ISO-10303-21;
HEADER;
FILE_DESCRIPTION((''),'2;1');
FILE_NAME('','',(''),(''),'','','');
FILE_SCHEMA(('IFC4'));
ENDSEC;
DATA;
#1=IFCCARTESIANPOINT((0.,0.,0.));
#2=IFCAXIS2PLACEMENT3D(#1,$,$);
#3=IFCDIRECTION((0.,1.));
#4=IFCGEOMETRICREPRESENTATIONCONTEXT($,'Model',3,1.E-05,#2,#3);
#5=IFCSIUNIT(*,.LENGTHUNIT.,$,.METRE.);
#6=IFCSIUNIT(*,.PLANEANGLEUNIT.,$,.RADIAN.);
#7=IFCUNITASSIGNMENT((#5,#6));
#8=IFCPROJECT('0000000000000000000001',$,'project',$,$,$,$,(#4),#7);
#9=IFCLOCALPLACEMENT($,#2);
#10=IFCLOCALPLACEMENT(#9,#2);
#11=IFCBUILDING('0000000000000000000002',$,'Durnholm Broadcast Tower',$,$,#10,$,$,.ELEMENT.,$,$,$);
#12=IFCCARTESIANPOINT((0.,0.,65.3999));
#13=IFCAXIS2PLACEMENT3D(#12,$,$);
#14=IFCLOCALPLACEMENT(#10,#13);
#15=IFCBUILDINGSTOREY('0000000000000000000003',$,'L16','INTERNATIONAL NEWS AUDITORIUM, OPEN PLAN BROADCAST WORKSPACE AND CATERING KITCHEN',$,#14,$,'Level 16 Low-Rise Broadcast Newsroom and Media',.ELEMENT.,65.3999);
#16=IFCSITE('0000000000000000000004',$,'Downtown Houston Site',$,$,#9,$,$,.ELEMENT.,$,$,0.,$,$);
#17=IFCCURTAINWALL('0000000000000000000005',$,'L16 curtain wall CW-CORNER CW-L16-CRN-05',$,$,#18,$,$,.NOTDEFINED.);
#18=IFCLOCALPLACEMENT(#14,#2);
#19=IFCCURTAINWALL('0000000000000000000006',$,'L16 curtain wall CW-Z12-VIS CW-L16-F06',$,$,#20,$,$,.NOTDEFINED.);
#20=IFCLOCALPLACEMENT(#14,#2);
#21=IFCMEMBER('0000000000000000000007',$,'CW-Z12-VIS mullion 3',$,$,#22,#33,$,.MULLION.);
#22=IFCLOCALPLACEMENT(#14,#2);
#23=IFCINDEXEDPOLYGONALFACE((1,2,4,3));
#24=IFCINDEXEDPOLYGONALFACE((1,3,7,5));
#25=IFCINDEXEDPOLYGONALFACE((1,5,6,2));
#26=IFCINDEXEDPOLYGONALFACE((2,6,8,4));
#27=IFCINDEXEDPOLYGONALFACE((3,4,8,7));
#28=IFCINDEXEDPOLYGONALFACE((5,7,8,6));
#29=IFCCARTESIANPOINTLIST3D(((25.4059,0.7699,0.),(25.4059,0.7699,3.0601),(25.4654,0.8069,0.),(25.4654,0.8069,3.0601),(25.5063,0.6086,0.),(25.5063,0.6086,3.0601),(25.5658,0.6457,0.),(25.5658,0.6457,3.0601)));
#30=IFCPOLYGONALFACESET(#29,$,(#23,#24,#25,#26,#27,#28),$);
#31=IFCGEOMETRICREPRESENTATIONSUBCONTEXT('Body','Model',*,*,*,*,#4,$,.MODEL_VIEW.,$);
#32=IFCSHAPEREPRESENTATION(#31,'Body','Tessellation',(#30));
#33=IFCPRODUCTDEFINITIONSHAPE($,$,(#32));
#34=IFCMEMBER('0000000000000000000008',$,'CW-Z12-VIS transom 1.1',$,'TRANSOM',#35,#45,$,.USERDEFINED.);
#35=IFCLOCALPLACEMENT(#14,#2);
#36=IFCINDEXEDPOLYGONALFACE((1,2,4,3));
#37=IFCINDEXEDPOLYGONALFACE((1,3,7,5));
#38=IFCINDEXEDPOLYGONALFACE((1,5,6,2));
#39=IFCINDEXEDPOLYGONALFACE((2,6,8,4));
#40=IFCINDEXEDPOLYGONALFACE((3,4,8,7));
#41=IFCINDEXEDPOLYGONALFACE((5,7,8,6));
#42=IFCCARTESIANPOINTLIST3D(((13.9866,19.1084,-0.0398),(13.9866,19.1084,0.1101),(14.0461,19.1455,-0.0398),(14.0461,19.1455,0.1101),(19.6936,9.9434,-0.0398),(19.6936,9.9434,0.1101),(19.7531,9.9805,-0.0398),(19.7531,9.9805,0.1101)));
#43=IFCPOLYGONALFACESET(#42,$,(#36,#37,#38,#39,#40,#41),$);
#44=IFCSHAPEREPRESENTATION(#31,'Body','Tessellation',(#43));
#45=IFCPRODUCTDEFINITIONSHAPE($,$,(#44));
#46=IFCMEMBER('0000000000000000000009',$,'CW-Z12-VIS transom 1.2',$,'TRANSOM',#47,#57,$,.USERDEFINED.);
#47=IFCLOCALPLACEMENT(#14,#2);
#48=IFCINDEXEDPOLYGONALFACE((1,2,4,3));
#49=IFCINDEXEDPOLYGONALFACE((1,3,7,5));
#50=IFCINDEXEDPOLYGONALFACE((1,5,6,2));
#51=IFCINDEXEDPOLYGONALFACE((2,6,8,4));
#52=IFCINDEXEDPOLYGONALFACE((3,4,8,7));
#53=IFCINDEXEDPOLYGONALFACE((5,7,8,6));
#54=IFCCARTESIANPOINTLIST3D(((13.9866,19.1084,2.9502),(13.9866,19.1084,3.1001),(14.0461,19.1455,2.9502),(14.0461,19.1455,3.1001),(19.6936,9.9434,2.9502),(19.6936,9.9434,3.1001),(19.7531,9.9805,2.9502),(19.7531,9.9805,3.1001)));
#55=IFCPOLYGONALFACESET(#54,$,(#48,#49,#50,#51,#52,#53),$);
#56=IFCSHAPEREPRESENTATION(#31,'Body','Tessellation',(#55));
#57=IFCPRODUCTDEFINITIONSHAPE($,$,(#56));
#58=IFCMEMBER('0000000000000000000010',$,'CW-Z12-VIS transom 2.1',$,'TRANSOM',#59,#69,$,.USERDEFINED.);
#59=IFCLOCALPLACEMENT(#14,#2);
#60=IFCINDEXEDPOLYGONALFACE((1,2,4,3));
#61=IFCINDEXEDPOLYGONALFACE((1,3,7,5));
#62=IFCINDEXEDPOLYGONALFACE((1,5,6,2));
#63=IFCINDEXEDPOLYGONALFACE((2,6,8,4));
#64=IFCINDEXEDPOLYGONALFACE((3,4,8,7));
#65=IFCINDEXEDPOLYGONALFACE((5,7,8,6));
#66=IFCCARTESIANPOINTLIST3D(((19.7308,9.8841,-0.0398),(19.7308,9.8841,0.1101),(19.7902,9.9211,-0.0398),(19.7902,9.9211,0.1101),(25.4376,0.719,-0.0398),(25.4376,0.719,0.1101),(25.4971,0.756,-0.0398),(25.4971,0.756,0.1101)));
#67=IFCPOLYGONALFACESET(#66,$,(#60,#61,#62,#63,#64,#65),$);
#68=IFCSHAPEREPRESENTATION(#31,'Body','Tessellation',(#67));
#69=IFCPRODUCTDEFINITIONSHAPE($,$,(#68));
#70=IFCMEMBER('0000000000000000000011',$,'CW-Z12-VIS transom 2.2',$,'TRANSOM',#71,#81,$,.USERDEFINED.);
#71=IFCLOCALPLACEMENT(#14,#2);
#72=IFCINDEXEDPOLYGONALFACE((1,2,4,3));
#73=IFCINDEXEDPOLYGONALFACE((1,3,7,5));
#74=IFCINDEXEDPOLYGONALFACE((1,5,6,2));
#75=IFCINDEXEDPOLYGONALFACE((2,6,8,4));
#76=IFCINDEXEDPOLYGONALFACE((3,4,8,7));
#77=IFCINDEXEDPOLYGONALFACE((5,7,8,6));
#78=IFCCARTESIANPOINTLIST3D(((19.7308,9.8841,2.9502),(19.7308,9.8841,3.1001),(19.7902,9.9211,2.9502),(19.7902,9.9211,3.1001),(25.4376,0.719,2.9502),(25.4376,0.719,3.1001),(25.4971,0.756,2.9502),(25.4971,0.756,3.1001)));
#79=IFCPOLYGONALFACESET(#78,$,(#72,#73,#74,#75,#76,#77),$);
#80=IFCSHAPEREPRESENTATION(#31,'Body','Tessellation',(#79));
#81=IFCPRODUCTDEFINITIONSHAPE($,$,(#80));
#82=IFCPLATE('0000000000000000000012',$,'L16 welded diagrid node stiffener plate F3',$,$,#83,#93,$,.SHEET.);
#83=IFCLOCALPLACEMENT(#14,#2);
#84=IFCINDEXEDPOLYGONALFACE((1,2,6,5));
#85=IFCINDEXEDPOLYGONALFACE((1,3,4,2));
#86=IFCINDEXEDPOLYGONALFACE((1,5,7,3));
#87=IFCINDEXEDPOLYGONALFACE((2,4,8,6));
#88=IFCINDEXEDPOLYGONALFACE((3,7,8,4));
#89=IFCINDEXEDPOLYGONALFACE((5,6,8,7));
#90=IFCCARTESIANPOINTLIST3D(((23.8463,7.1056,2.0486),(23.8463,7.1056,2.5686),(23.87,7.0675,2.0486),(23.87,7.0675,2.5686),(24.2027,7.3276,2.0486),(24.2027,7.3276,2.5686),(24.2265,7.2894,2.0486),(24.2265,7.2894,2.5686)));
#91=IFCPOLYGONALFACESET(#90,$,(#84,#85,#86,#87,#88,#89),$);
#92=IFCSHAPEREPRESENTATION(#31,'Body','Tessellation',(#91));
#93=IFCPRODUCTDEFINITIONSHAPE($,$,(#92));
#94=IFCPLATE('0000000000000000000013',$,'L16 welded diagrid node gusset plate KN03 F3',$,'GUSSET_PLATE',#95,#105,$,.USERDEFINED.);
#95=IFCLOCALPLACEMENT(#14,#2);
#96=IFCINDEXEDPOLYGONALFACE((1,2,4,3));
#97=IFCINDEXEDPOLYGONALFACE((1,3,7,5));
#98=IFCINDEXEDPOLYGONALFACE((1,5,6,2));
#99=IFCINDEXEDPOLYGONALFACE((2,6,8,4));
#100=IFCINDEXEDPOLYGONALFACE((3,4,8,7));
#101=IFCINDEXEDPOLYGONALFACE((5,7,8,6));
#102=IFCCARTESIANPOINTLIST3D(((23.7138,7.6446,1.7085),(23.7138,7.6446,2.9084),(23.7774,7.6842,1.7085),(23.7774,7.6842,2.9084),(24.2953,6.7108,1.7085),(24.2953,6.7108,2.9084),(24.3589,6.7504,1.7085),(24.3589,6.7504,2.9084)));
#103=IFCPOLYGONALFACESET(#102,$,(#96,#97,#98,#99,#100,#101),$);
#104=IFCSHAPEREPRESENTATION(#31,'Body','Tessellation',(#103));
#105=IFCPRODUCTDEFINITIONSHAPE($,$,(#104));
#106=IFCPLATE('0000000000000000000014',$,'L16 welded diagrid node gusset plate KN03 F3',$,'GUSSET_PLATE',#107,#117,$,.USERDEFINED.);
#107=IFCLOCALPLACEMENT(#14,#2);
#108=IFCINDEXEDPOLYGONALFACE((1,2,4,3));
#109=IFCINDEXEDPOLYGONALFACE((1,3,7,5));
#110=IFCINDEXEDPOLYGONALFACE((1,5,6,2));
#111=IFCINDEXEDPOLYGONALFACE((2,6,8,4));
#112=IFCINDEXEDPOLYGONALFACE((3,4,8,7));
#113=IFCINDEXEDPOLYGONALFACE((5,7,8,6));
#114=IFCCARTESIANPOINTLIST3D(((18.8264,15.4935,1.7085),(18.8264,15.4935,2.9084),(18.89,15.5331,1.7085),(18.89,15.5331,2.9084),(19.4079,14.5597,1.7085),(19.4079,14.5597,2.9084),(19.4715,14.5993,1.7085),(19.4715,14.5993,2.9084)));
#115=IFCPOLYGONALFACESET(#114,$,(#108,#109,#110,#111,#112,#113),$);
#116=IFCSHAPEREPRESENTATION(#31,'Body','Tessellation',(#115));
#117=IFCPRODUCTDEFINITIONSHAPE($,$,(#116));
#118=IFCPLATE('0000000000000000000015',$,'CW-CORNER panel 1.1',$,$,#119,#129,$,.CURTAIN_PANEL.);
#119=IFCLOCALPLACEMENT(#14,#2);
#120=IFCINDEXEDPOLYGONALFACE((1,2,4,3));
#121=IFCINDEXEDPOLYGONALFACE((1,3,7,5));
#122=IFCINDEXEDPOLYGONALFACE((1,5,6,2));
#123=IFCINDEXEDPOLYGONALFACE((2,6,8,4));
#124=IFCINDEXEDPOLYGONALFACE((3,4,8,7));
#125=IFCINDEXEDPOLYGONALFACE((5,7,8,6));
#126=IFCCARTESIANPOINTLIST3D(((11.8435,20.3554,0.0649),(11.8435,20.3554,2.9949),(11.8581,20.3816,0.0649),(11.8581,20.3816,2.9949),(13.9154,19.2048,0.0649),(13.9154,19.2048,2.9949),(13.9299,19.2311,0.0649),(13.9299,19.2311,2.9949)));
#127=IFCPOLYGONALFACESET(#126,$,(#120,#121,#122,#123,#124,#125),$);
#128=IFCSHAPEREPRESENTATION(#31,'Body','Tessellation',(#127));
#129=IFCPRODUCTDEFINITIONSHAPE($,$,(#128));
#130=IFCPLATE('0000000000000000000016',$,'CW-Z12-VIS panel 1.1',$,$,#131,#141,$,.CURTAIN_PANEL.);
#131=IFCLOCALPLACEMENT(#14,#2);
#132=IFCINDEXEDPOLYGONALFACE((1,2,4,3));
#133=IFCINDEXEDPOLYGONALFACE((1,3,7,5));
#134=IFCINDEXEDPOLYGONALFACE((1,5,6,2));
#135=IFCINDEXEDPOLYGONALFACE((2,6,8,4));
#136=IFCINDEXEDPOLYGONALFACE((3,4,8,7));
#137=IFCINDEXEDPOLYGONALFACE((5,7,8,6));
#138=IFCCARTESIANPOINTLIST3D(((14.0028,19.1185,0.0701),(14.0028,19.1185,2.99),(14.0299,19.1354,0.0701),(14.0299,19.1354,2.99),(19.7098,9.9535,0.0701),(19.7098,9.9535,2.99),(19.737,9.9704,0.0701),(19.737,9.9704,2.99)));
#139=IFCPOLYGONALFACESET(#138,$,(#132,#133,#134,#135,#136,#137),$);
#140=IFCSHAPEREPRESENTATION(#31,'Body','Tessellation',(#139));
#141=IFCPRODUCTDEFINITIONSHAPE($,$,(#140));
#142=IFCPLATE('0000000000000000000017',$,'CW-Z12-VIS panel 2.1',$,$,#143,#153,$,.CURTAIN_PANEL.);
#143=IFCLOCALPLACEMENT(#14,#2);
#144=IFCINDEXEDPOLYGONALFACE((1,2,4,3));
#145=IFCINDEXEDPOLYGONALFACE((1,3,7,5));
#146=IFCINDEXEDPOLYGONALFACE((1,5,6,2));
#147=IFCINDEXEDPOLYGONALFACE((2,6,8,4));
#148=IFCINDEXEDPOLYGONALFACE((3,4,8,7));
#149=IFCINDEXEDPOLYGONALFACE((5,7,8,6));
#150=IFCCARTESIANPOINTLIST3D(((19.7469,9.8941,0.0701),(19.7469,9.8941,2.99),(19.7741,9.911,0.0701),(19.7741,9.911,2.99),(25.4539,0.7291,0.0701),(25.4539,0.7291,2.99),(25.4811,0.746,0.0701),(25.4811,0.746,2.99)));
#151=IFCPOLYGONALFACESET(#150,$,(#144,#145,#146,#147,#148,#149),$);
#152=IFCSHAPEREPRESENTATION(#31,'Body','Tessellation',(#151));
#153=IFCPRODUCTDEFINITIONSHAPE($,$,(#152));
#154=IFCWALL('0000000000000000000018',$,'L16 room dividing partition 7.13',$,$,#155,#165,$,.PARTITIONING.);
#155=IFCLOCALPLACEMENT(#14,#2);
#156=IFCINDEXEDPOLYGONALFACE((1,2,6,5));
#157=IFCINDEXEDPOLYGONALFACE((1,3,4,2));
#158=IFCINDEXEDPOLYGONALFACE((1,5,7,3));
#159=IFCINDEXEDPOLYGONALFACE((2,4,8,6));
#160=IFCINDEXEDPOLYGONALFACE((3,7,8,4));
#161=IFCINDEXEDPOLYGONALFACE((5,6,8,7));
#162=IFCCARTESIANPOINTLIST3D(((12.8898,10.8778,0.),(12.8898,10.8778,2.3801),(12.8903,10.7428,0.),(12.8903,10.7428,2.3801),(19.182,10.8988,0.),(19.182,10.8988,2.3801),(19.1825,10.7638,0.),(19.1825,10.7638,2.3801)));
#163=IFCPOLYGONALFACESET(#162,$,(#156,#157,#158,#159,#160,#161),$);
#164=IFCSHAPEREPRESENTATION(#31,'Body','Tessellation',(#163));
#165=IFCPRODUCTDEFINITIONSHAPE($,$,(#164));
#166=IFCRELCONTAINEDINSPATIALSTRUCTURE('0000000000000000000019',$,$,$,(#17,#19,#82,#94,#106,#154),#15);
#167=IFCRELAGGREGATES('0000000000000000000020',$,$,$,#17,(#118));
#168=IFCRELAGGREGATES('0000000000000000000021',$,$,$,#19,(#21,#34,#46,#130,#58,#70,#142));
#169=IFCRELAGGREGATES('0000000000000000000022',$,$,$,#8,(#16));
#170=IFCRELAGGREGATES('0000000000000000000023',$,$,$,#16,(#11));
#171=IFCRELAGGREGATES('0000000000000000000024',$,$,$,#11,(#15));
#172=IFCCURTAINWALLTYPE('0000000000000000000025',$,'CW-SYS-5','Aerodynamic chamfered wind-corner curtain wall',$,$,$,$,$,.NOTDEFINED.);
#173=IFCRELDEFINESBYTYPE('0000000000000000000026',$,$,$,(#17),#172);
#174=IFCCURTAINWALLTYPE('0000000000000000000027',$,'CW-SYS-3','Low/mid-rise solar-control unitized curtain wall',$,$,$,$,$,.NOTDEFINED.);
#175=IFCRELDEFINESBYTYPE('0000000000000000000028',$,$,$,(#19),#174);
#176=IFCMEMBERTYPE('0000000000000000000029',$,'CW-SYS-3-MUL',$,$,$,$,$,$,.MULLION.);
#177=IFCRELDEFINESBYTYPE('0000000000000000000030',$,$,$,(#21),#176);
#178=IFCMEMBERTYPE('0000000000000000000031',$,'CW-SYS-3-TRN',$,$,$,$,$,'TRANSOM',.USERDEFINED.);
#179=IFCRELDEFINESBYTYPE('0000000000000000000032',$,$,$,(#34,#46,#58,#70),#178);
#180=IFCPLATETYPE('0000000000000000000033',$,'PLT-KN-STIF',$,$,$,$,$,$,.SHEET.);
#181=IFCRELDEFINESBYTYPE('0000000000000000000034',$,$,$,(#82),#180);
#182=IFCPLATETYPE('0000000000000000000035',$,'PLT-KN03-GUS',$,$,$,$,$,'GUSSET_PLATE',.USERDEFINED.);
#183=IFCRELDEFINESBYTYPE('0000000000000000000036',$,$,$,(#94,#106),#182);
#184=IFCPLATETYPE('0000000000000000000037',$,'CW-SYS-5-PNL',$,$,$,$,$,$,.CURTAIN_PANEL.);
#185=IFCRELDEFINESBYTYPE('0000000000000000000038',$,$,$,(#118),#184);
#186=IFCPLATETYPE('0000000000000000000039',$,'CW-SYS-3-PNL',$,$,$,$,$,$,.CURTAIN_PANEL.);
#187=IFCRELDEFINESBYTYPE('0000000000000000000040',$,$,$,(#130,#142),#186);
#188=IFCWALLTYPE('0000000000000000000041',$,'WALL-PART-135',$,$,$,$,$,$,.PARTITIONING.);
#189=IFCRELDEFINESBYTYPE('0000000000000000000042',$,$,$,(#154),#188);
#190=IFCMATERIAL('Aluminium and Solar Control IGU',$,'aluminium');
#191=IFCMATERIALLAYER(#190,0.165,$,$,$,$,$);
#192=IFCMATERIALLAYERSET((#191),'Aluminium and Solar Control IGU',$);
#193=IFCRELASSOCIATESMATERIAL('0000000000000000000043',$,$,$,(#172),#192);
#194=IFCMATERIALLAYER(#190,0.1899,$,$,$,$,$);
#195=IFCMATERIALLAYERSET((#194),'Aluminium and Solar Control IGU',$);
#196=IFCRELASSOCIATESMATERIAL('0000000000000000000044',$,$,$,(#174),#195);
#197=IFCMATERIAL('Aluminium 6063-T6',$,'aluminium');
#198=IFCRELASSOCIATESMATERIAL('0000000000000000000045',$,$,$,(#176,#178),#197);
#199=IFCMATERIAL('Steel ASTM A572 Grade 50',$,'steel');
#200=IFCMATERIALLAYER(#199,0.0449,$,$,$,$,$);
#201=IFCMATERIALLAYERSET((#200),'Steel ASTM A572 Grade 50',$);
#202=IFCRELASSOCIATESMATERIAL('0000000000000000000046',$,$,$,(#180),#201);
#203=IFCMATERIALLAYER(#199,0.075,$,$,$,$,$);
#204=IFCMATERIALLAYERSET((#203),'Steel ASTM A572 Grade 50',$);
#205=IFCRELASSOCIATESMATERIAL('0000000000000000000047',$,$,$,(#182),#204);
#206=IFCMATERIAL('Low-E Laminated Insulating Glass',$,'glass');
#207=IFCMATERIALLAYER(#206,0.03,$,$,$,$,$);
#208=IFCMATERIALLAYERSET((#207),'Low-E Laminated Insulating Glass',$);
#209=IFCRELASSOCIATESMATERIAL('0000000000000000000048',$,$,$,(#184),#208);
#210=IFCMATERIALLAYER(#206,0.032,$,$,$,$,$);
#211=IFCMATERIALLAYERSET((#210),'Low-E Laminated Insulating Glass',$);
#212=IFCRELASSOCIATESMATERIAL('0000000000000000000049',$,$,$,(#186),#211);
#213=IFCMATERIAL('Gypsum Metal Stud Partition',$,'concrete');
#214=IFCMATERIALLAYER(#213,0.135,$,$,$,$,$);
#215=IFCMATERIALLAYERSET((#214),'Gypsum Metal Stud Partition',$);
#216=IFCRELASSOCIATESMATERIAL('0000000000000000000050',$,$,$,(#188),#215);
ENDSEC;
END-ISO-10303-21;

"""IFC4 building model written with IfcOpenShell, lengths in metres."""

from ifc_helpers import new_model, si_unit, direction, frame, frame_2d, origin, origin_2d, place, context, subcontext, project, spatial, rectangle, extrude, source, transform, mapped, material, layer, layer_set, material_profile, profile_set, type_object, type_shapes, element, aggregate, save


model = new_model("IFC4")

# Units and contexts
model_context = context("Model", 3, precision=1e-05, world=origin(), true_north=direction((0.0, 1.0)))
body_context = subcontext(model_context, "Body", "Model", "MODEL_VIEW")
ifc_project = project(units=[si_unit("LENGTHUNIT", "METRE"), si_unit("PLANEANGLEUNIT", "RADIAN")], contexts=[model_context])

# Site, building, storey
site_placement = place(None, origin())
site = spatial("IfcSite", under=ifc_project, at=site_placement, Name="Downtown Houston Site", CompositionType="ELEMENT", RefElevation=0.0)
building_placement = place(site_placement, origin())
building = spatial("IfcBuilding", under=site, at=building_placement, Name="Durnholm Broadcast Tower", CompositionType="ELEMENT")
storey_placement = place(building_placement, frame((0.0, 0.0, 65.3999)))
storey = spatial("IfcBuildingStorey", under=building, at=storey_placement, Name="L16", Description="INTERNATIONAL NEWS AUDITORIUM, OPEN PLAN BROADCAST WORKSPACE AND CATERING KITCHEN", LongName="Level 16 Low-Rise Broadcast Newsroom and Media", CompositionType="ELEMENT", Elevation=65.3999)

# Curtain wall
ifc_material_1 = material(Name="Aluminium and Solar Control IGU", Category="aluminium")
ifc_layer_1 = layer(ifc_material_1, 0.165)
ifc_layer_set_1 = layer_set([ifc_layer_1], Name="Aluminium and Solar Control IGU")
curtain_wall_type_1 = type_object("IfcCurtainWallType", Name="CW-SYS-5", Description="Aerodynamic chamfered wind-corner curtain wall", PredefinedType="NOTDEFINED", material=ifc_layer_set_1)
curtain_wall_1_placement = place(storey_placement, origin())
curtain_wall_1 = element("IfcCurtainWall", 1, at=curtain_wall_1_placement, inside=storey, type_object=curtain_wall_type_1, Name="L16 curtain wall CW-CORNER CW-L16-CRN-05", PredefinedType="NOTDEFINED")
ifc_material_2 = material(Name="Aluminium 6063-T6", Category="aluminium")

# Curtain wall, members
ifc_layer_2 = layer(ifc_material_1, 0.1899)
ifc_layer_set_2 = layer_set([ifc_layer_2], Name="Aluminium and Solar Control IGU")
curtain_wall_type_2 = type_object("IfcCurtainWallType", Name="CW-SYS-3", Description="Low/mid-rise solar-control unitized curtain wall", PredefinedType="NOTDEFINED", material=ifc_layer_set_2)
curtain_wall_2_placement = place(storey_placement, origin())
curtain_wall_2 = element("IfcCurtainWall", 2, at=curtain_wall_2_placement, inside=storey, type_object=curtain_wall_type_2, Name="L16 curtain wall CW-Z12-VIS CW-L16-F06", PredefinedType="NOTDEFINED")
ifc_material_profile_1 = material_profile(ifc_material_2, rectangle(XDim=0.0701, YDim=0.1899, at=origin_2d()), Name="CWM70X190")
ifc_profile_set_1 = profile_set([ifc_material_profile_1], Name="Aluminium 6063-T6")
member_type_1 = type_object("IfcMemberType", Name="CW-SYS-3-MUL", PredefinedType="MULLION", material=ifc_profile_set_1)
shared_shape_1 = source(origin(), body_context, "Body", "SweptSolid", [
    extrude(rectangle(XDim=0.0701, YDim=0.1899, at=origin_2d()), origin(), (0.0, 0.0, 1.0), 3.0601),
])
type_shapes(member_type_1, [shared_shape_1])
member_1_placement = place(storey_placement, frame((25.4858, 0.7078, 0.0), z_axis=(0.0, 0.0, 1.0), x_axis=(0.848876, 0.528592, 0.0)))
member_1 = element("IfcMember", 3, at=member_1_placement, type_object=member_type_1, Name="CW-Z12-VIS mullion 3", PredefinedType="MULLION", context=body_context, shape_type="MappedRepresentation", body=[
    mapped(shared_shape_1, transform((0.0, 0.0, 0.0), x_axis=(1.0, 0.0, 0.0), y_axis=(0.0, 1.0, 0.0), z_axis=(0.0, 0.0, 1.0), scale=1.0)),
])
ifc_material_profile_2 = material_profile(ifc_material_2, rectangle(XDim=0.0701, YDim=0.1499, at=origin_2d()), Name="CWT70X150")
ifc_profile_set_2 = profile_set([ifc_material_profile_2], Name="Aluminium 6063-T6")
member_type_2 = type_object("IfcMemberType", Name="CW-SYS-3-TRN", ElementType="TRANSOM", PredefinedType="USERDEFINED", material=ifc_profile_set_2)
shared_shape_2 = source(origin(), body_context, "Body", "SweptSolid", [
    extrude(rectangle(XDim=0.0701, YDim=0.1499, at=origin_2d()), origin(), (0.0, 0.0, 1.0), 10.7966),
])
type_shapes(member_type_2, [shared_shape_2])
member_2_placement = place(storey_placement, frame((14.0164, 19.127, 0.0352), z_axis=(0.528592, -0.848876, 0.0), x_axis=(0.848876, 0.528592, 0.0)))
member_2 = element("IfcMember", 4, at=member_2_placement, type_object=member_type_2, Name="CW-Z12-VIS transom 1.1", ObjectType="TRANSOM", PredefinedType="USERDEFINED", context=body_context, shape_type="MappedRepresentation", body=[
    mapped(shared_shape_2, transform((0.0, 0.0, 0.0), x_axis=(1.0, 0.0, 0.0), y_axis=(0.0, 1.0, 0.0), z_axis=(0.0, 0.0, 1.0), scale=1.0)),
])
member_3_placement = place(storey_placement, frame((14.0164, 19.127, 3.0251), z_axis=(0.528592, -0.848876, 0.0), x_axis=(0.848876, 0.528592, 0.0)))
member_3 = element("IfcMember", 5, at=member_3_placement, type_object=member_type_2, Name="CW-Z12-VIS transom 1.2", ObjectType="TRANSOM", PredefinedType="USERDEFINED", context=body_context, shape_type="MappedRepresentation", body=[
    mapped(shared_shape_2, transform((0.0, 0.0, 0.0), x_axis=(1.0, 0.0, 0.0), y_axis=(0.0, 1.0, 0.0), z_axis=(0.0, 0.0, 1.0), scale=1.0)),
])
member_4_placement = place(storey_placement, frame((19.7605, 9.9026, 0.0352), z_axis=(0.528575, -0.848886, 0.0), x_axis=(0.848886, 0.528575, 0.0)))
member_4 = element("IfcMember", 6, at=member_4_placement, type_object=member_type_2, Name="CW-Z12-VIS transom 2.1", ObjectType="TRANSOM", PredefinedType="USERDEFINED", context=body_context, shape_type="MappedRepresentation", body=[
    mapped(shared_shape_2, transform((0.0, 0.0, 0.0), x_axis=(1.0, 0.0, 0.0), y_axis=(0.0, 1.0, 0.0), z_axis=(0.0, 0.0, 1.0), scale=1.0)),
])
member_5_placement = place(storey_placement, frame((19.7605, 9.9026, 3.0251), z_axis=(0.528575, -0.848886, 0.0), x_axis=(0.848886, 0.528575, 0.0)))
member_5 = element("IfcMember", 7, at=member_5_placement, type_object=member_type_2, Name="CW-Z12-VIS transom 2.2", ObjectType="TRANSOM", PredefinedType="USERDEFINED", context=body_context, shape_type="MappedRepresentation", body=[
    mapped(shared_shape_2, transform((0.0, 0.0, 0.0), x_axis=(1.0, 0.0, 0.0), y_axis=(0.0, 1.0, 0.0), z_axis=(0.0, 0.0, 1.0), scale=1.0)),
])

# Plates
ifc_material_3 = material(Name="Steel ASTM A572 Grade 50", Category="steel")
ifc_layer_3 = layer(ifc_material_3, 0.0449)
ifc_layer_set_3 = layer_set([ifc_layer_3], Name="Steel ASTM A572 Grade 50")
plate_type_1 = type_object("IfcPlateType", Name="PLT-KN-STIF", PredefinedType="SHEET", material=ifc_layer_set_3)
shared_shape_3 = source(origin(), body_context, "Body", "SweptSolid", [
    extrude(rectangle(XDim=0.0449, YDim=0.4199, at=origin_2d()), origin(), (0.0, 0.0, 1.0), 0.52),
])
type_shapes(plate_type_1, [shared_shape_3])
plate_1_placement = place(storey_placement, frame((24.0364, 7.1975, 2.0486), z_axis=(0.0, 0.0, 1.0), x_axis=(-0.528587, 0.848879, 0.0)))
element("IfcPlate", 8, at=plate_1_placement, inside=storey, type_object=plate_type_1, Name="L16 welded diagrid node stiffener plate F3", PredefinedType="SHEET", context=body_context, shape_type="MappedRepresentation", body=[
    mapped(shared_shape_3, transform((0.0, 0.0, 0.0), x_axis=(1.0, 0.0, 0.0), y_axis=(0.0, 1.0, 0.0), z_axis=(0.0, 0.0, 1.0), scale=1.0)),
])
ifc_layer_4 = layer(ifc_material_3, 0.075)
ifc_layer_set_4 = layer_set([ifc_layer_4], Name="Steel ASTM A572 Grade 50")
plate_type_2 = type_object("IfcPlateType", Name="PLT-KN03-GUS", ElementType="GUSSET_PLATE", PredefinedType="USERDEFINED", material=ifc_layer_set_4)
shared_shape_4 = source(origin(), body_context, "Body", "SweptSolid", [
    extrude(rectangle(XDim=1.1001, YDim=0.075, at=origin_2d()), origin(), (0.0, 0.0, 1.0), 1.2),
])
type_shapes(plate_type_2, [shared_shape_4])
for number, where, z_axis, x_axis, name in (
    (9, (24.0364, 7.1975, 1.7085), (0.0, 0.0, 1.0), (-0.528587, 0.848879, 0.0), "L16 welded diagrid node gusset plate KN03 F3"),
    (10, (19.1489, 15.0464, 1.7085), (0.0, 0.0, 1.0), (-0.528587, 0.848879, 0.0), "L16 welded diagrid node gusset plate KN03 F3"),
):
    element("IfcPlate", number, at=place(storey_placement, frame(where, z_axis=z_axis, x_axis=x_axis)), inside=storey, type_object=plate_type_2, Name=name, ObjectType="GUSSET_PLATE", PredefinedType="USERDEFINED", context=body_context, shape_type="MappedRepresentation", body=[
        mapped(shared_shape_4, transform((0.0, 0.0, 0.0), x_axis=(1.0, 0.0, 0.0), y_axis=(0.0, 1.0, 0.0), z_axis=(0.0, 0.0, 1.0), scale=1.0)),
    ])

# Plates
ifc_material_4 = material(Name="Low-E Laminated Insulating Glass", Category="glass")
ifc_layer_5 = layer(ifc_material_4, 0.03)
ifc_layer_set_5 = layer_set([ifc_layer_5], Name="Low-E Laminated Insulating Glass")
plate_type_3 = type_object("IfcPlateType", Name="CW-SYS-5-PNL", PredefinedType="CURTAIN_PANEL", material=ifc_layer_set_5)
shared_shape_5 = source(origin(), body_context, "Body", "SweptSolid", [
    extrude(rectangle(XDim=2.3699, YDim=0.03, at=origin_2d()), origin(), (0.0, 0.0, 1.0), 2.9299),
])
type_shapes(plate_type_3, [shared_shape_5])
plate_2_placement = place(storey_placement, frame((12.8867, 19.7932, 0.0649), z_axis=(0.0, 0.0, 1.0), x_axis=(0.874246, -0.485483, 0.0)))
plate_2 = element("IfcPlate", 11, at=plate_2_placement, type_object=plate_type_3, Name="CW-CORNER panel 1.1", PredefinedType="CURTAIN_PANEL", context=body_context, shape_type="MappedRepresentation", body=[
    mapped(shared_shape_5, transform((0.0, 0.0, 0.0), x_axis=(1.0, 0.0, 0.0), y_axis=(0.0, 1.0, 0.0), z_axis=(0.0, 0.0, 1.0), scale=1.0)),
])
aggregate(curtain_wall_1, [plate_2])
ifc_layer_6 = layer(ifc_material_4, 0.032)
ifc_layer_set_6 = layer_set([ifc_layer_6], Name="Low-E Laminated Insulating Glass")
plate_type_4 = type_object("IfcPlateType", Name="CW-SYS-3-PNL", PredefinedType="CURTAIN_PANEL", material=ifc_layer_set_6)
shared_shape_6 = source(origin(), body_context, "Body", "SweptSolid", [
    extrude(rectangle(XDim=10.7966, YDim=0.032, at=origin_2d()), origin(), (0.0, 0.0, 1.0), 2.9199),
])
type_shapes(plate_type_4, [shared_shape_6])
plate_3_placement = place(storey_placement, frame((16.8699, 14.5444, 0.0701), z_axis=(0.0, 0.0, 1.0), x_axis=(0.528592, -0.848876, 0.0)))
plate_3 = element("IfcPlate", 12, at=plate_3_placement, type_object=plate_type_4, Name="CW-Z12-VIS panel 1.1", PredefinedType="CURTAIN_PANEL", context=body_context, shape_type="MappedRepresentation", body=[
    mapped(shared_shape_6, transform((0.0, 0.0, 0.0), x_axis=(1.0, 0.0, 0.0), y_axis=(0.0, 1.0, 0.0), z_axis=(0.0, 0.0, 1.0), scale=1.0)),
])
plate_4_placement = place(storey_placement, frame((22.614, 5.3201, 0.0701), z_axis=(0.0, 0.0, 1.0), x_axis=(0.528592, -0.848876, 0.0)))
plate_4 = element("IfcPlate", 13, at=plate_4_placement, type_object=plate_type_4, Name="CW-Z12-VIS panel 2.1", PredefinedType="CURTAIN_PANEL", context=body_context, shape_type="MappedRepresentation", body=[
    mapped(shared_shape_6, transform((0.0, 0.0, 0.0), x_axis=(1.0, 0.0, 0.0), y_axis=(0.0, 1.0, 0.0), z_axis=(0.0, 0.0, 1.0), scale=1.0)),
])
aggregate(curtain_wall_2, [member_1, member_2, member_3, plate_3, member_4, member_5, plate_4])

# Wall
ifc_material_5 = material(Name="Gypsum Metal Stud Partition", Category="concrete")
ifc_layer_7 = layer(ifc_material_5, 0.135)
ifc_layer_set_7 = layer_set([ifc_layer_7], Name="Gypsum Metal Stud Partition")
wall_type_1 = type_object("IfcWallType", Name="WALL-PART-135", PredefinedType="PARTITIONING", material=ifc_layer_set_7)
wall_1_placement = place(storey_placement, frame((19.1821, 10.8313, 0.0), z_axis=(0.0, 0.0, 1.0), x_axis=(-0.999994, -0.003337, 0.0)))
element("IfcWall", 14, at=wall_1_placement, inside=storey, type_object=wall_type_1, Name="L16 room dividing partition 7.13", PredefinedType="PARTITIONING", context=body_context, shape_type="SweptSolid", body=[
    extrude(rectangle(XDim=6.2922, YDim=0.135, at=frame_2d((3.146, 0.0))), origin(), (0.0, 0.0, 1.0), 2.3801),
])

save(model, "model.ifc")
